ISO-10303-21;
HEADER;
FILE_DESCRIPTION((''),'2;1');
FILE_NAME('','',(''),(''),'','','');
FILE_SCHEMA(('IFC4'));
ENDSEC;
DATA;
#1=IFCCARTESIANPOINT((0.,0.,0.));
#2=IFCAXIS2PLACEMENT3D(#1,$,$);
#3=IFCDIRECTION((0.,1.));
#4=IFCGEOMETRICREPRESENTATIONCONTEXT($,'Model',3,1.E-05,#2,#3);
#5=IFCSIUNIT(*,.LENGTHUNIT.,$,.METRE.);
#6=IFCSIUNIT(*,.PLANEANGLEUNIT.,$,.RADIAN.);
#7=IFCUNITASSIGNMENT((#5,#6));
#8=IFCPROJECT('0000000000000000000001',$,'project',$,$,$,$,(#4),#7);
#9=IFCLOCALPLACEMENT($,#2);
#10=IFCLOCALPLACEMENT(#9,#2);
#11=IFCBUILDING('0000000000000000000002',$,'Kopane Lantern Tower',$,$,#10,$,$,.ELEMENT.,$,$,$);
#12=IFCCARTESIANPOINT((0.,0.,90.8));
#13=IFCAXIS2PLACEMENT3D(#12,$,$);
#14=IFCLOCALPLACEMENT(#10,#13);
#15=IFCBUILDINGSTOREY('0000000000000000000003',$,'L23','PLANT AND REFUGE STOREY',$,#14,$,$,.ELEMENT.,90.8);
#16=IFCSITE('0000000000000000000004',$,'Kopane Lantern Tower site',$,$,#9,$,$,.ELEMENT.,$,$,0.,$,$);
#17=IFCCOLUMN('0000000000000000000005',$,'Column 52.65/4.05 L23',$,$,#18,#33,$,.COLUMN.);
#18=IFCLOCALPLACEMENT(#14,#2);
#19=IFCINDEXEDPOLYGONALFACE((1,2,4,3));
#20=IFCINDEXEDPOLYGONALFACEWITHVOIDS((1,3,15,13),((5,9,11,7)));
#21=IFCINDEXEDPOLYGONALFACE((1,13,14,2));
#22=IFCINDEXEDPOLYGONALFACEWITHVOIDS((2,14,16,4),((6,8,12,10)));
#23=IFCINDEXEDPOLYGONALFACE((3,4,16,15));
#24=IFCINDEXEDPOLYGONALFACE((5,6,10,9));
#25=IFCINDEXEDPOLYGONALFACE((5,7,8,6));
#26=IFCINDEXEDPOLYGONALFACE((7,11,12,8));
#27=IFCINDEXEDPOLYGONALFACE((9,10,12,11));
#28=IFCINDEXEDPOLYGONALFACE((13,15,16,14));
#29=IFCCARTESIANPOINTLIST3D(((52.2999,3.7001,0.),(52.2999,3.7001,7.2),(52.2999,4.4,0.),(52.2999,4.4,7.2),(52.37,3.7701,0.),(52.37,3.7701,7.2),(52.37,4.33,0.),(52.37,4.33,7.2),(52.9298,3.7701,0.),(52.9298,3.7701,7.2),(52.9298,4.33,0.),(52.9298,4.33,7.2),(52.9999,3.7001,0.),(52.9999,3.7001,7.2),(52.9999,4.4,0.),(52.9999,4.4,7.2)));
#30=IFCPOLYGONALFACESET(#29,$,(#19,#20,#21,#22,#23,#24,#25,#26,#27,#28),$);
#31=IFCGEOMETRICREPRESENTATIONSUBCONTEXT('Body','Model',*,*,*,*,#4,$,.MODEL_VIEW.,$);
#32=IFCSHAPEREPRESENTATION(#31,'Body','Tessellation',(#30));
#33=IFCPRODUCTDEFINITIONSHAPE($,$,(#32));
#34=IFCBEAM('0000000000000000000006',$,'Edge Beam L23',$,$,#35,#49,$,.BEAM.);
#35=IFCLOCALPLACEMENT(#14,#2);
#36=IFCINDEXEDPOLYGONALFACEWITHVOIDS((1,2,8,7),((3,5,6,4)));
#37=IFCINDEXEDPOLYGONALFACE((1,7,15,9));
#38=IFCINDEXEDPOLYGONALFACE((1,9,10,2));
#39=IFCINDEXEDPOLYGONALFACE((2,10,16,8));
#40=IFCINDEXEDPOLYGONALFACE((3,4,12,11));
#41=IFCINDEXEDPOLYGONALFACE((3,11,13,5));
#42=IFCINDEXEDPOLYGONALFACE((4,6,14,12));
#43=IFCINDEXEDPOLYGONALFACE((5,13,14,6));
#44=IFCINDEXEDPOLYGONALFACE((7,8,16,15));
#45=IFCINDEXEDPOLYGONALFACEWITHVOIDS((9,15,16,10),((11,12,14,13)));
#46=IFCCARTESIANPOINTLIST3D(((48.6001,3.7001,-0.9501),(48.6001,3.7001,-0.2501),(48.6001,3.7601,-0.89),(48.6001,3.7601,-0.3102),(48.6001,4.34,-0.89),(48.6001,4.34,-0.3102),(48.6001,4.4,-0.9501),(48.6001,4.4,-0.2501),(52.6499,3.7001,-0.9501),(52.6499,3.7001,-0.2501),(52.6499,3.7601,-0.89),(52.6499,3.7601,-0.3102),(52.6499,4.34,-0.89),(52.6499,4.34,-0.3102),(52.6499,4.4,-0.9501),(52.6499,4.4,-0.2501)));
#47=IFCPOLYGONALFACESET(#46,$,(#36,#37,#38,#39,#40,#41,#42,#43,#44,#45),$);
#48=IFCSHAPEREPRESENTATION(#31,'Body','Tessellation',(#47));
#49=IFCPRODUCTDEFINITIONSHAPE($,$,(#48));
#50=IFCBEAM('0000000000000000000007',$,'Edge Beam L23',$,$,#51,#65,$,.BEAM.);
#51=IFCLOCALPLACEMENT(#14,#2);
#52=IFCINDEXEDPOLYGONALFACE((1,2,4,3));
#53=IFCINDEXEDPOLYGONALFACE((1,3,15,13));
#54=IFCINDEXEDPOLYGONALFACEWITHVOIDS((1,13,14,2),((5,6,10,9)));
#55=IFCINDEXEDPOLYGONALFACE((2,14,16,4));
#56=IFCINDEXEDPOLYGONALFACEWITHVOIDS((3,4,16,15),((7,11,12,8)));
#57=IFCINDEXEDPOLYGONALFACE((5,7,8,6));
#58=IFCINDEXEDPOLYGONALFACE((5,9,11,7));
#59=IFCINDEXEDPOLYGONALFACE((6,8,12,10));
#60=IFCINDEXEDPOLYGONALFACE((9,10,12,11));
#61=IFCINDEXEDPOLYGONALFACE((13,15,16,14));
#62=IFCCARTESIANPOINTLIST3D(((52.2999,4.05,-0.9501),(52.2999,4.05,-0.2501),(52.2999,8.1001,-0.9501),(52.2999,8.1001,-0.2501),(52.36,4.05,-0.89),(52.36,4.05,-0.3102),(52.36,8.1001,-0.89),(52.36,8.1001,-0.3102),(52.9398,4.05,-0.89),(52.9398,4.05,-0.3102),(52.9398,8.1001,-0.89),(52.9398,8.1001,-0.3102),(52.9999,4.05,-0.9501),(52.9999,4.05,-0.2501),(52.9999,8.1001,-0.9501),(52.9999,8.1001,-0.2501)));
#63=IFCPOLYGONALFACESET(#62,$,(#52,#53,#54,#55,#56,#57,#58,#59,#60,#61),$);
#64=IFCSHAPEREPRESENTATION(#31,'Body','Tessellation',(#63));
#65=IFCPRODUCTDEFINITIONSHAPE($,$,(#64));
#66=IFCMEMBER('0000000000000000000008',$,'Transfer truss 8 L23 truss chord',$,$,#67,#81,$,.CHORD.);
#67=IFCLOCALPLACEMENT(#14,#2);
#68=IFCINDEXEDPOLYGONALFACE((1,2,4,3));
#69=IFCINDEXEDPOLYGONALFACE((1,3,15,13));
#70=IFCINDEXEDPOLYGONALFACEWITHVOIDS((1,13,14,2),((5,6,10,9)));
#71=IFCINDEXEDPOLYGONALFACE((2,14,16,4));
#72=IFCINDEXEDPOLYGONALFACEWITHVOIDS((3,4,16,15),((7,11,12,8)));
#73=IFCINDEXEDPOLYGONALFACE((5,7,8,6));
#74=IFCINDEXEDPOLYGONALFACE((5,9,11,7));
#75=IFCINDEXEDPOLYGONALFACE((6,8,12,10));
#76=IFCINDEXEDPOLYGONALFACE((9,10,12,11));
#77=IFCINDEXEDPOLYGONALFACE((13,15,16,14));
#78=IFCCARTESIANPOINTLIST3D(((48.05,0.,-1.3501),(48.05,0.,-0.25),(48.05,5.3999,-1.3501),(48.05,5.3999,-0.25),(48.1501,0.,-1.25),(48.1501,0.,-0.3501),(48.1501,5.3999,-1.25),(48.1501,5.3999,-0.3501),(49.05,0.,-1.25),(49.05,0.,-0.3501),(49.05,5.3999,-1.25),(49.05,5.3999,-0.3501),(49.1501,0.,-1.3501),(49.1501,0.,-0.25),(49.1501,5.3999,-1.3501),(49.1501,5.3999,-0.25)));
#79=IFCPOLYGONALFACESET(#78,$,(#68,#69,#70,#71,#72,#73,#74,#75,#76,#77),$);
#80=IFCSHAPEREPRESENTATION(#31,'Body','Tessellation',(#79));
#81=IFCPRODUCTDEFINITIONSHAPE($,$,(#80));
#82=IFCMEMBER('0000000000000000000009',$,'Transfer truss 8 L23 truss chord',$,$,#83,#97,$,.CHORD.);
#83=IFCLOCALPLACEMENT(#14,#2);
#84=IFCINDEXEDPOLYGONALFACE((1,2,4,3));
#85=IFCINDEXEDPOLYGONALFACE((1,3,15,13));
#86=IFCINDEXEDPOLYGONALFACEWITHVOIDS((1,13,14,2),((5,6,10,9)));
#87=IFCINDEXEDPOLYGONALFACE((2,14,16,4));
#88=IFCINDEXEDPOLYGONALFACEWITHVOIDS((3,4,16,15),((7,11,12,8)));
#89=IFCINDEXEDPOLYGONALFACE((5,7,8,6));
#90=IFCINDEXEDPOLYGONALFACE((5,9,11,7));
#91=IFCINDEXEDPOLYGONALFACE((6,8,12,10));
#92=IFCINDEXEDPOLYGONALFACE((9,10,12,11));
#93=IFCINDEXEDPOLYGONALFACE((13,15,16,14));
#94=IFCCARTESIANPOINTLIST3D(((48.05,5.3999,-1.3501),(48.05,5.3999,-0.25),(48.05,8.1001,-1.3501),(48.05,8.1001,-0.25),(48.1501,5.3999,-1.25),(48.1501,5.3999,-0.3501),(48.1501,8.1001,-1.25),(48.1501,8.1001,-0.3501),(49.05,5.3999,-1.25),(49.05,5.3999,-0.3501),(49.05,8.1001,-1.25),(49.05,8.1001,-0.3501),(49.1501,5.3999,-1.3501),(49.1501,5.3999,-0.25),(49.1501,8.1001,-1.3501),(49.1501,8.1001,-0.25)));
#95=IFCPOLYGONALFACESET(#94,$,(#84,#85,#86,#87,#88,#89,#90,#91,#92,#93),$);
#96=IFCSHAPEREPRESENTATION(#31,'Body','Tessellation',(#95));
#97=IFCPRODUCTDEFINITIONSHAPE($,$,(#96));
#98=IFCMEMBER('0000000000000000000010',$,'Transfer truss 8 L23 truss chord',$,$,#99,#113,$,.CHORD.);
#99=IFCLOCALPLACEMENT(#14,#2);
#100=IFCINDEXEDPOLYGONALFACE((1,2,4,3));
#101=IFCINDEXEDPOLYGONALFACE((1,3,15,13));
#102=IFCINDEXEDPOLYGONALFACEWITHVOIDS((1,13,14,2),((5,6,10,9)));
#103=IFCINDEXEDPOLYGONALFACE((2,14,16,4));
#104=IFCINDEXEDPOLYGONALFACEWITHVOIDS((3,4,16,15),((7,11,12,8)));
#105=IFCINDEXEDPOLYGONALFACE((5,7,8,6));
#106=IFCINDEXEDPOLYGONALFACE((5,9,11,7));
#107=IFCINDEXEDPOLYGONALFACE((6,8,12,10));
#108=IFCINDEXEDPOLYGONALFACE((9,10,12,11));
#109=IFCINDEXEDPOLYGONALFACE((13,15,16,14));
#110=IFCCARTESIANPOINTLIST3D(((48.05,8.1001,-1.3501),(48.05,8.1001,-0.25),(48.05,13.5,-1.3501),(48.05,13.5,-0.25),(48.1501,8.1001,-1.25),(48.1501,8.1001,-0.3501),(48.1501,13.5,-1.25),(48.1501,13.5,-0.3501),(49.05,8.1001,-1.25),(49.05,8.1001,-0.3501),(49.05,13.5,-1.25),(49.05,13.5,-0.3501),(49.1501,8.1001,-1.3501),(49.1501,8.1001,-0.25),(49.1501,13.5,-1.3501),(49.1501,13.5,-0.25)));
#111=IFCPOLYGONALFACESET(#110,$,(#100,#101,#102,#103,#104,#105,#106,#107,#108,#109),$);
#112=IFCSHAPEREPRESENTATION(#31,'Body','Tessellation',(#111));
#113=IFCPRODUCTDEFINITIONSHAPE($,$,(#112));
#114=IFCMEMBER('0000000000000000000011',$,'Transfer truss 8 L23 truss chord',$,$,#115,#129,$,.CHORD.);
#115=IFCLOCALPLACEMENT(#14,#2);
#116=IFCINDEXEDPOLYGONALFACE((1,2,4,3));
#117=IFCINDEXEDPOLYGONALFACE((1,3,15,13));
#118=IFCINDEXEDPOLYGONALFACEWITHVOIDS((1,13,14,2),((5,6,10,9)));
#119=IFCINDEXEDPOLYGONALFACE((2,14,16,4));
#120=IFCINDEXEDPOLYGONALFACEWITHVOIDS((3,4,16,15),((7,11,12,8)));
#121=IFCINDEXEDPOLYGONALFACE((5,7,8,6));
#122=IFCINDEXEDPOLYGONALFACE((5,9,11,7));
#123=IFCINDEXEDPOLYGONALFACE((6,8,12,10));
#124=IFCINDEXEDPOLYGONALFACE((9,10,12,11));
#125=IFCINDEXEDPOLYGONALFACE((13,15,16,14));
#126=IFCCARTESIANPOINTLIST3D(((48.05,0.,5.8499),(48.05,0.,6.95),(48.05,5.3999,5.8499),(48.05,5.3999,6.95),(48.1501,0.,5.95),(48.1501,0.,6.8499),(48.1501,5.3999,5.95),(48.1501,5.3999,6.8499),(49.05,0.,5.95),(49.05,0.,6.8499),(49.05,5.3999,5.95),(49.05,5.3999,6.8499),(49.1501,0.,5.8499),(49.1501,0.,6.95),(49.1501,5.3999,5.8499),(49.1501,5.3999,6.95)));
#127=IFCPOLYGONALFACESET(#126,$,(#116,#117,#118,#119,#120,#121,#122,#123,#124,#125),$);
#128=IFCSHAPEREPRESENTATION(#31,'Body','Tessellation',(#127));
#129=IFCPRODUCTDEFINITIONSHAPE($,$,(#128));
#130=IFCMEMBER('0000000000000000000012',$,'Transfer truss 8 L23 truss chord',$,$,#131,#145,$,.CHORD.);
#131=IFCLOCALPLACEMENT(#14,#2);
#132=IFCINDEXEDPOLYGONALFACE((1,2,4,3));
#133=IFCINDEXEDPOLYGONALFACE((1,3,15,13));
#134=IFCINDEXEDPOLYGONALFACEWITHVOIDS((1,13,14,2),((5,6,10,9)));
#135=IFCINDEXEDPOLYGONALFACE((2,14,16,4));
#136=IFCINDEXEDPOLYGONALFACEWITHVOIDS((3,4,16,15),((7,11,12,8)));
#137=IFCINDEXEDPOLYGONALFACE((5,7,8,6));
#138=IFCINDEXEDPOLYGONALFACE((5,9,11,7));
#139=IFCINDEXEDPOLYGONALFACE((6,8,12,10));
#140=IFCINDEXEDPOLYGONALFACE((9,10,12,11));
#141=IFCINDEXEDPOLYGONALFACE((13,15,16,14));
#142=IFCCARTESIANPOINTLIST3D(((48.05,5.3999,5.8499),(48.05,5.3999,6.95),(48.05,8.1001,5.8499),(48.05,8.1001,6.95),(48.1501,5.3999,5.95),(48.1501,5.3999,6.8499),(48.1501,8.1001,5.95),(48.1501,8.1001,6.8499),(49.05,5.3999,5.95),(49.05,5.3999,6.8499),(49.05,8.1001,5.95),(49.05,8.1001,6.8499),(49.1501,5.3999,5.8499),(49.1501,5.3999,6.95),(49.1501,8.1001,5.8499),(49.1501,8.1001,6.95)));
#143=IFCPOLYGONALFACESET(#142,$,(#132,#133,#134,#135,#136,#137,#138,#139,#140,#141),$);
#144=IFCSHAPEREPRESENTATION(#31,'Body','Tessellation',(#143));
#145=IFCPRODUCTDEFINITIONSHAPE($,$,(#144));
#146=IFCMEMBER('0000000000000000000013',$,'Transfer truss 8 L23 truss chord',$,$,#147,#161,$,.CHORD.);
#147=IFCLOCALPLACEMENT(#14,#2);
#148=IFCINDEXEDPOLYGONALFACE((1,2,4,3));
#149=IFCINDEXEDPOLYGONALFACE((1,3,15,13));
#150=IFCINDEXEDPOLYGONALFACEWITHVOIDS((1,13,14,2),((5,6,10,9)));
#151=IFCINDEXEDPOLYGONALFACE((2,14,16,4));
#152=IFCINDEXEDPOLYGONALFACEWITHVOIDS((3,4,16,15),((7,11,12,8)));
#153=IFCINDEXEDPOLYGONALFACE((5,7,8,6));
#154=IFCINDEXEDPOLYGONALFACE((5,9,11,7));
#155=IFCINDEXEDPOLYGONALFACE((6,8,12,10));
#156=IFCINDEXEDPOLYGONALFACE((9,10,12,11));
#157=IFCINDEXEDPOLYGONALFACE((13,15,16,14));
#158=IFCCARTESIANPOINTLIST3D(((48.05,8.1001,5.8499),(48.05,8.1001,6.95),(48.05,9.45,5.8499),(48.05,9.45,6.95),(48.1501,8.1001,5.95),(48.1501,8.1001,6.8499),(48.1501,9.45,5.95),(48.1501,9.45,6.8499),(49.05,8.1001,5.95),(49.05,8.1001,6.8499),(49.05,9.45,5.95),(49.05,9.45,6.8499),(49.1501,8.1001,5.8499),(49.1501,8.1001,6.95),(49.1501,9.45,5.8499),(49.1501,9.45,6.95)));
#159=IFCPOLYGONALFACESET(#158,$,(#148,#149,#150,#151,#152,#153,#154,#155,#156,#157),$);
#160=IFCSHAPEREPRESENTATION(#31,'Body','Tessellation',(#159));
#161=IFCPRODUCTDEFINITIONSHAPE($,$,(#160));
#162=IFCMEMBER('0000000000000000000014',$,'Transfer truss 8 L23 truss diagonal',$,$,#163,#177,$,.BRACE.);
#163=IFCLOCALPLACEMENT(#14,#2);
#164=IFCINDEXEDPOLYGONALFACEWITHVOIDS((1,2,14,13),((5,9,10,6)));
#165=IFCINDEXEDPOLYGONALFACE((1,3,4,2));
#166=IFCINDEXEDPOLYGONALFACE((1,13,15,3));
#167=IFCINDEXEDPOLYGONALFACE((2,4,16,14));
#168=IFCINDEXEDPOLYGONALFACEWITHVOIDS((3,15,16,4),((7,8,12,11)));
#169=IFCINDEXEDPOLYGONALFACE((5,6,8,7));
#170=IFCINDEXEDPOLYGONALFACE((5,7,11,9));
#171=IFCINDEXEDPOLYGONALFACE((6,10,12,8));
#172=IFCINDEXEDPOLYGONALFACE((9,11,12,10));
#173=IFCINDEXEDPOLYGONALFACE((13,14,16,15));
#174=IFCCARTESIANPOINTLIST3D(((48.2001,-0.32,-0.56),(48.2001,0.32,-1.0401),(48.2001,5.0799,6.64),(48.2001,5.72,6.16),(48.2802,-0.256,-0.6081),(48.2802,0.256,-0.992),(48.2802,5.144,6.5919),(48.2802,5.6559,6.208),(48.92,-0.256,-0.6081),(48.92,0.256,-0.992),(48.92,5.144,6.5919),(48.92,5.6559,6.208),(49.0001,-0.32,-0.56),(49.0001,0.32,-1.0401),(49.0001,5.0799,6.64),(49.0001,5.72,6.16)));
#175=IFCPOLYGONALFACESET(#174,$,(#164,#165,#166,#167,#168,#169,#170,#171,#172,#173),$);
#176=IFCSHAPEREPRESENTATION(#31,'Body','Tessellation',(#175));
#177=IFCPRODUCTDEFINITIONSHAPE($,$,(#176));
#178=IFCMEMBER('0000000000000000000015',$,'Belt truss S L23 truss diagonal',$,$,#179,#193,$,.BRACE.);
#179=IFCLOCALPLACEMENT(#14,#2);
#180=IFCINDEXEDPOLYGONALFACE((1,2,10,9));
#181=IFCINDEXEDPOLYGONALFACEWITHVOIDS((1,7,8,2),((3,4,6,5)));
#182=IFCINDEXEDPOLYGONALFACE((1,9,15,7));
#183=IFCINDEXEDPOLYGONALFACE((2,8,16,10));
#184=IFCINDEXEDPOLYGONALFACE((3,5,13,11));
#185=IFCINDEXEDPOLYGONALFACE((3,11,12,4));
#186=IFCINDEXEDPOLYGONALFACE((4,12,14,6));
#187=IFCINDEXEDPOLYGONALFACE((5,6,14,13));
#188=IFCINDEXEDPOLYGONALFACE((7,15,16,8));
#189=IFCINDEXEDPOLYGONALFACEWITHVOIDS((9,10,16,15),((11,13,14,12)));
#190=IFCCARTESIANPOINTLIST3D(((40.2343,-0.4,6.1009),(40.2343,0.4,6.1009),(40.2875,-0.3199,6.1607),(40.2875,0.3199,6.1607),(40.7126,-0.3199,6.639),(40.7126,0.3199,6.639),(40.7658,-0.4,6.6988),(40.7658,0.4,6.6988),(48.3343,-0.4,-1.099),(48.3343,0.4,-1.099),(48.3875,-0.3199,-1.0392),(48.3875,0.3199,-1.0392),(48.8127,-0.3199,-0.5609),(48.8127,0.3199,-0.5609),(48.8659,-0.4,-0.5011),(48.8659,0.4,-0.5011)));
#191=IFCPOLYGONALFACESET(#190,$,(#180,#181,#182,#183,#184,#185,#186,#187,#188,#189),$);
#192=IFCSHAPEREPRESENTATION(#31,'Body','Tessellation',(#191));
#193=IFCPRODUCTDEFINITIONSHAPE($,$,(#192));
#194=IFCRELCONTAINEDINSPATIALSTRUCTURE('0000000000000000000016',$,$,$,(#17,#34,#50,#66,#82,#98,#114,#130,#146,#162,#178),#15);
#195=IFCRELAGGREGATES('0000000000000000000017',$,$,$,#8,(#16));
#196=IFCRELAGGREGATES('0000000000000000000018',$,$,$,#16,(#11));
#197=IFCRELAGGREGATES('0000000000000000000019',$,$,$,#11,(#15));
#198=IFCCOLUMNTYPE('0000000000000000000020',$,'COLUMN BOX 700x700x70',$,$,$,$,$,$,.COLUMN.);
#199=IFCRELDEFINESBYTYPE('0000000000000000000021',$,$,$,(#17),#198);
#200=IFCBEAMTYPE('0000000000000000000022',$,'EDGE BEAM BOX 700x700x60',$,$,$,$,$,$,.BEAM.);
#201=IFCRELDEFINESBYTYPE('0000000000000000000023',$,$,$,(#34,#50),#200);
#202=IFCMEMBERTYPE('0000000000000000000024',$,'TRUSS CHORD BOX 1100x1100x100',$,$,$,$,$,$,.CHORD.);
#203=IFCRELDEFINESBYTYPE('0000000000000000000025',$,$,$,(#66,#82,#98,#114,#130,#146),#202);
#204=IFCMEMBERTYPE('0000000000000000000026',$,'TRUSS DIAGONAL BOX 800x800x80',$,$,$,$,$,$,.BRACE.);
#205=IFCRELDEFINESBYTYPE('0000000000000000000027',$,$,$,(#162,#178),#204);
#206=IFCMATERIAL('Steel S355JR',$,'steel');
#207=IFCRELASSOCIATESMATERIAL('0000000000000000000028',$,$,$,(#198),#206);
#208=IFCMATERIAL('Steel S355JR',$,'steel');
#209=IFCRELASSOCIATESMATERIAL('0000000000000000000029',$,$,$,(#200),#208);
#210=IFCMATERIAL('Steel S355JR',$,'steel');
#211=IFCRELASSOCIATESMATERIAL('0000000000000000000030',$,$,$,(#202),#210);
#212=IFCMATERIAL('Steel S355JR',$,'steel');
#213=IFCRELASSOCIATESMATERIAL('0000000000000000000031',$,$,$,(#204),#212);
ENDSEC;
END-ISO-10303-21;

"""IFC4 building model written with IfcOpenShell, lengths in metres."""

from ifc_helpers import new_model, si_unit, direction, frame, origin, origin_2d, place, context, subcontext, project, spatial, hollow_rectangle, extrude, material, material_profile, profile_set, type_object, element, save


model = new_model("IFC4")

# Units and contexts
model_context = context("Model", 3, precision=1e-05, world=origin(), true_north=direction((0.0, 1.0)))
body_context = subcontext(model_context, "Body", "Model", "MODEL_VIEW")
ifc_project = project(units=[si_unit("LENGTHUNIT", "METRE"), si_unit("PLANEANGLEUNIT", "RADIAN")], contexts=[model_context])

# Site, building, storey
site_placement = place(None, origin())
site = spatial("IfcSite", under=ifc_project, at=site_placement, Name="Kopane Lantern Tower site", CompositionType="ELEMENT", RefElevation=0.0)
building_placement = place(site_placement, origin())
building = spatial("IfcBuilding", under=site, at=building_placement, Name="Kopane Lantern Tower", CompositionType="ELEMENT")
storey_placement = place(building_placement, frame((0.0, 0.0, 90.8)))
storey = spatial("IfcBuildingStorey", under=building, at=storey_placement, Name="L23", Description="PLANT AND REFUGE STOREY", CompositionType="ELEMENT", Elevation=90.8)

# Column
ifc_material_1 = material(Name="Steel S355JR", Category="steel")
ifc_material_profile_1 = material_profile(ifc_material_1, hollow_rectangle(XDim=0.7, YDim=0.7, WallThickness=0.0701, at=origin_2d()), Name="BOX 700x700x70")
ifc_profile_set_1 = profile_set([ifc_material_profile_1], Name="Steel S355JR")
column_type = type_object("IfcColumnType", Name="COLUMN BOX 700x700x70", PredefinedType="COLUMN", material=ifc_profile_set_1)
column_placement = place(storey_placement, frame((52.6499, 4.05, 0.0), z_axis=(0.0, 0.0, 1.0), x_axis=(1.0, 0.0, 0.0)))
element("IfcColumn", 1, at=column_placement, inside=storey, type_object=column_type, Name="Column 52.65/4.05 L23", PredefinedType="COLUMN", context=body_context, shape_type="SweptSolid", body=[
    extrude(hollow_rectangle(XDim=0.7, YDim=0.7, WallThickness=0.0701, at=origin_2d()), origin(), (0.0, 0.0, 1.0), 7.2),
])

# Beams
ifc_material_2 = material(Name="Steel S355JR", Category="steel")
ifc_material_profile_2 = material_profile(ifc_material_2, hollow_rectangle(XDim=0.7, YDim=0.7, WallThickness=0.0601, at=origin_2d()), Name="BOX 700x700x60")
ifc_profile_set_2 = profile_set([ifc_material_profile_2], Name="Steel S355JR")
beam_type = type_object("IfcBeamType", Name="EDGE BEAM BOX 700x700x60", PredefinedType="BEAM", material=ifc_profile_set_2)
beam_1_placement = place(storey_placement, frame((52.6499, 4.05, -0.6001), z_axis=(-1.0, 0.0, 0.0), x_axis=(0.0, -1.0, 0.0)))
element("IfcBeam", 2, at=beam_1_placement, inside=storey, type_object=beam_type, Name="Edge Beam L23", PredefinedType="BEAM", context=body_context, shape_type="SweptSolid", body=[
    extrude(hollow_rectangle(XDim=0.7, YDim=0.7, WallThickness=0.0601, at=origin_2d()), origin(), (0.0, 0.0, 1.0), 4.0498),
])
beam_2_placement = place(storey_placement, frame((52.6499, 4.05, -0.6001), z_axis=(0.0, 1.0, 0.0), x_axis=(-1.0, 0.0, 0.0)))
element("IfcBeam", 3, at=beam_2_placement, inside=storey, type_object=beam_type, Name="Edge Beam L23", PredefinedType="BEAM", context=body_context, shape_type="SweptSolid", body=[
    extrude(hollow_rectangle(XDim=0.7, YDim=0.7, WallThickness=0.0601, at=origin_2d()), origin(), (0.0, 0.0, 1.0), 4.05),
])

# Members
ifc_material_3 = material(Name="Steel S355JR", Category="steel")
ifc_material_profile_3 = material_profile(ifc_material_3, hollow_rectangle(XDim=1.1001, YDim=1.1001, WallThickness=0.1001, at=origin_2d()), Name="BOX 1100x1100x100")
ifc_profile_set_3 = profile_set([ifc_material_profile_3], Name="Steel S355JR")
member_type_1 = type_object("IfcMemberType", Name="TRUSS CHORD BOX 1100x1100x100", PredefinedType="CHORD", material=ifc_profile_set_3)
member_1_placement = place(storey_placement, frame((48.6001, 0.0, -0.8), z_axis=(0.0, 1.0, 0.0), x_axis=(-1.0, 0.0, 0.0)))
element("IfcMember", 4, at=member_1_placement, inside=storey, type_object=member_type_1, Name="Transfer truss 8 L23 truss chord", PredefinedType="CHORD", context=body_context, shape_type="SweptSolid", body=[
    extrude(hollow_rectangle(XDim=1.1001, YDim=1.1001, WallThickness=0.1001, at=origin_2d()), origin(), (0.0, 0.0, 1.0), 5.3999),
])
member_2_placement = place(storey_placement, frame((48.6001, 5.3999, -0.8), z_axis=(0.0, 1.0, 0.0), x_axis=(-1.0, 0.0, 0.0)))
element("IfcMember", 5, at=member_2_placement, inside=storey, type_object=member_type_1, Name="Transfer truss 8 L23 truss chord", PredefinedType="CHORD", context=body_context, shape_type="SweptSolid", body=[
    extrude(hollow_rectangle(XDim=1.1001, YDim=1.1001, WallThickness=0.1001, at=origin_2d()), origin(), (0.0, 0.0, 1.0), 2.7002),
])
for number, where, z_axis, x_axis, name in (
    (6, (48.6001, 8.1001, -0.8), (0.0, 1.0, 0.0), (-1.0, 0.0, 0.0), "Transfer truss 8 L23 truss chord"),
    (7, (48.6001, 0.0, 6.3999), (0.0, 1.0, 0.0), (-1.0, 0.0, 0.0), "Transfer truss 8 L23 truss chord"),
):
    element("IfcMember", number, at=place(storey_placement, frame(where, z_axis=z_axis, x_axis=x_axis)), inside=storey, type_object=member_type_1, Name=name, PredefinedType="CHORD", context=body_context, shape_type="SweptSolid", body=[
        extrude(hollow_rectangle(XDim=1.1001, YDim=1.1001, WallThickness=0.1001, at=origin_2d()), origin(), (0.0, 0.0, 1.0), 5.3999),
    ])
member_3_placement = place(storey_placement, frame((48.6001, 5.3999, 6.3999), z_axis=(0.0, 1.0, 0.0), x_axis=(-1.0, 0.0, 0.0)))
element("IfcMember", 8, at=member_3_placement, inside=storey, type_object=member_type_1, Name="Transfer truss 8 L23 truss chord", PredefinedType="CHORD", context=body_context, shape_type="SweptSolid", body=[
    extrude(hollow_rectangle(XDim=1.1001, YDim=1.1001, WallThickness=0.1001, at=origin_2d()), origin(), (0.0, 0.0, 1.0), 2.7002),
])
member_4_placement = place(storey_placement, frame((48.6001, 8.1001, 6.3999), z_axis=(0.0, 1.0, 0.0), x_axis=(-1.0, 0.0, 0.0)))
element("IfcMember", 9, at=member_4_placement, inside=storey, type_object=member_type_1, Name="Transfer truss 8 L23 truss chord", PredefinedType="CHORD", context=body_context, shape_type="SweptSolid", body=[
    extrude(hollow_rectangle(XDim=1.1001, YDim=1.1001, WallThickness=0.1001, at=origin_2d()), origin(), (0.0, 0.0, 1.0), 1.3499),
])
ifc_material_4 = material(Name="Steel S355JR", Category="steel")
ifc_material_profile_4 = material_profile(ifc_material_4, hollow_rectangle(XDim=0.8, YDim=0.8, WallThickness=0.0801, at=origin_2d()), Name="BOX 800x800x80")
ifc_profile_set_4 = profile_set([ifc_material_profile_4], Name="Steel S355JR")
member_type_2 = type_object("IfcMemberType", Name="TRUSS DIAGONAL BOX 800x800x80", PredefinedType="BRACE", material=ifc_profile_set_4)
member_5_placement = place(storey_placement, frame((48.6001, 0.0, -0.8), z_axis=(0.0, 0.599996, 0.800003), x_axis=(-1.0, 0.0, 0.0)))
element("IfcMember", 10, at=member_5_placement, inside=storey, type_object=member_type_2, Name="Transfer truss 8 L23 truss diagonal", PredefinedType="BRACE", context=body_context, shape_type="SweptSolid", body=[
    extrude(hollow_rectangle(XDim=0.8, YDim=0.8, WallThickness=0.0801, at=origin_2d()), origin(), (0.0, 0.0, 1.0), 9.0),
])
member_6_placement = place(storey_placement, frame((48.6001, 0.0, -0.8), z_axis=(-0.747416, 0.0, 0.664357), x_axis=(0.0, -1.0, 0.0)))
element("IfcMember", 11, at=member_6_placement, inside=storey, type_object=member_type_2, Name="Belt truss S L23 truss diagonal", PredefinedType="BRACE", context=body_context, shape_type="SweptSolid", body=[
    extrude(hollow_rectangle(XDim=0.8, YDim=0.8, WallThickness=0.0801, at=origin_2d()), origin(), (0.0, 0.0, 1.0), 10.8374),
])

save(model, "model.ifc")
